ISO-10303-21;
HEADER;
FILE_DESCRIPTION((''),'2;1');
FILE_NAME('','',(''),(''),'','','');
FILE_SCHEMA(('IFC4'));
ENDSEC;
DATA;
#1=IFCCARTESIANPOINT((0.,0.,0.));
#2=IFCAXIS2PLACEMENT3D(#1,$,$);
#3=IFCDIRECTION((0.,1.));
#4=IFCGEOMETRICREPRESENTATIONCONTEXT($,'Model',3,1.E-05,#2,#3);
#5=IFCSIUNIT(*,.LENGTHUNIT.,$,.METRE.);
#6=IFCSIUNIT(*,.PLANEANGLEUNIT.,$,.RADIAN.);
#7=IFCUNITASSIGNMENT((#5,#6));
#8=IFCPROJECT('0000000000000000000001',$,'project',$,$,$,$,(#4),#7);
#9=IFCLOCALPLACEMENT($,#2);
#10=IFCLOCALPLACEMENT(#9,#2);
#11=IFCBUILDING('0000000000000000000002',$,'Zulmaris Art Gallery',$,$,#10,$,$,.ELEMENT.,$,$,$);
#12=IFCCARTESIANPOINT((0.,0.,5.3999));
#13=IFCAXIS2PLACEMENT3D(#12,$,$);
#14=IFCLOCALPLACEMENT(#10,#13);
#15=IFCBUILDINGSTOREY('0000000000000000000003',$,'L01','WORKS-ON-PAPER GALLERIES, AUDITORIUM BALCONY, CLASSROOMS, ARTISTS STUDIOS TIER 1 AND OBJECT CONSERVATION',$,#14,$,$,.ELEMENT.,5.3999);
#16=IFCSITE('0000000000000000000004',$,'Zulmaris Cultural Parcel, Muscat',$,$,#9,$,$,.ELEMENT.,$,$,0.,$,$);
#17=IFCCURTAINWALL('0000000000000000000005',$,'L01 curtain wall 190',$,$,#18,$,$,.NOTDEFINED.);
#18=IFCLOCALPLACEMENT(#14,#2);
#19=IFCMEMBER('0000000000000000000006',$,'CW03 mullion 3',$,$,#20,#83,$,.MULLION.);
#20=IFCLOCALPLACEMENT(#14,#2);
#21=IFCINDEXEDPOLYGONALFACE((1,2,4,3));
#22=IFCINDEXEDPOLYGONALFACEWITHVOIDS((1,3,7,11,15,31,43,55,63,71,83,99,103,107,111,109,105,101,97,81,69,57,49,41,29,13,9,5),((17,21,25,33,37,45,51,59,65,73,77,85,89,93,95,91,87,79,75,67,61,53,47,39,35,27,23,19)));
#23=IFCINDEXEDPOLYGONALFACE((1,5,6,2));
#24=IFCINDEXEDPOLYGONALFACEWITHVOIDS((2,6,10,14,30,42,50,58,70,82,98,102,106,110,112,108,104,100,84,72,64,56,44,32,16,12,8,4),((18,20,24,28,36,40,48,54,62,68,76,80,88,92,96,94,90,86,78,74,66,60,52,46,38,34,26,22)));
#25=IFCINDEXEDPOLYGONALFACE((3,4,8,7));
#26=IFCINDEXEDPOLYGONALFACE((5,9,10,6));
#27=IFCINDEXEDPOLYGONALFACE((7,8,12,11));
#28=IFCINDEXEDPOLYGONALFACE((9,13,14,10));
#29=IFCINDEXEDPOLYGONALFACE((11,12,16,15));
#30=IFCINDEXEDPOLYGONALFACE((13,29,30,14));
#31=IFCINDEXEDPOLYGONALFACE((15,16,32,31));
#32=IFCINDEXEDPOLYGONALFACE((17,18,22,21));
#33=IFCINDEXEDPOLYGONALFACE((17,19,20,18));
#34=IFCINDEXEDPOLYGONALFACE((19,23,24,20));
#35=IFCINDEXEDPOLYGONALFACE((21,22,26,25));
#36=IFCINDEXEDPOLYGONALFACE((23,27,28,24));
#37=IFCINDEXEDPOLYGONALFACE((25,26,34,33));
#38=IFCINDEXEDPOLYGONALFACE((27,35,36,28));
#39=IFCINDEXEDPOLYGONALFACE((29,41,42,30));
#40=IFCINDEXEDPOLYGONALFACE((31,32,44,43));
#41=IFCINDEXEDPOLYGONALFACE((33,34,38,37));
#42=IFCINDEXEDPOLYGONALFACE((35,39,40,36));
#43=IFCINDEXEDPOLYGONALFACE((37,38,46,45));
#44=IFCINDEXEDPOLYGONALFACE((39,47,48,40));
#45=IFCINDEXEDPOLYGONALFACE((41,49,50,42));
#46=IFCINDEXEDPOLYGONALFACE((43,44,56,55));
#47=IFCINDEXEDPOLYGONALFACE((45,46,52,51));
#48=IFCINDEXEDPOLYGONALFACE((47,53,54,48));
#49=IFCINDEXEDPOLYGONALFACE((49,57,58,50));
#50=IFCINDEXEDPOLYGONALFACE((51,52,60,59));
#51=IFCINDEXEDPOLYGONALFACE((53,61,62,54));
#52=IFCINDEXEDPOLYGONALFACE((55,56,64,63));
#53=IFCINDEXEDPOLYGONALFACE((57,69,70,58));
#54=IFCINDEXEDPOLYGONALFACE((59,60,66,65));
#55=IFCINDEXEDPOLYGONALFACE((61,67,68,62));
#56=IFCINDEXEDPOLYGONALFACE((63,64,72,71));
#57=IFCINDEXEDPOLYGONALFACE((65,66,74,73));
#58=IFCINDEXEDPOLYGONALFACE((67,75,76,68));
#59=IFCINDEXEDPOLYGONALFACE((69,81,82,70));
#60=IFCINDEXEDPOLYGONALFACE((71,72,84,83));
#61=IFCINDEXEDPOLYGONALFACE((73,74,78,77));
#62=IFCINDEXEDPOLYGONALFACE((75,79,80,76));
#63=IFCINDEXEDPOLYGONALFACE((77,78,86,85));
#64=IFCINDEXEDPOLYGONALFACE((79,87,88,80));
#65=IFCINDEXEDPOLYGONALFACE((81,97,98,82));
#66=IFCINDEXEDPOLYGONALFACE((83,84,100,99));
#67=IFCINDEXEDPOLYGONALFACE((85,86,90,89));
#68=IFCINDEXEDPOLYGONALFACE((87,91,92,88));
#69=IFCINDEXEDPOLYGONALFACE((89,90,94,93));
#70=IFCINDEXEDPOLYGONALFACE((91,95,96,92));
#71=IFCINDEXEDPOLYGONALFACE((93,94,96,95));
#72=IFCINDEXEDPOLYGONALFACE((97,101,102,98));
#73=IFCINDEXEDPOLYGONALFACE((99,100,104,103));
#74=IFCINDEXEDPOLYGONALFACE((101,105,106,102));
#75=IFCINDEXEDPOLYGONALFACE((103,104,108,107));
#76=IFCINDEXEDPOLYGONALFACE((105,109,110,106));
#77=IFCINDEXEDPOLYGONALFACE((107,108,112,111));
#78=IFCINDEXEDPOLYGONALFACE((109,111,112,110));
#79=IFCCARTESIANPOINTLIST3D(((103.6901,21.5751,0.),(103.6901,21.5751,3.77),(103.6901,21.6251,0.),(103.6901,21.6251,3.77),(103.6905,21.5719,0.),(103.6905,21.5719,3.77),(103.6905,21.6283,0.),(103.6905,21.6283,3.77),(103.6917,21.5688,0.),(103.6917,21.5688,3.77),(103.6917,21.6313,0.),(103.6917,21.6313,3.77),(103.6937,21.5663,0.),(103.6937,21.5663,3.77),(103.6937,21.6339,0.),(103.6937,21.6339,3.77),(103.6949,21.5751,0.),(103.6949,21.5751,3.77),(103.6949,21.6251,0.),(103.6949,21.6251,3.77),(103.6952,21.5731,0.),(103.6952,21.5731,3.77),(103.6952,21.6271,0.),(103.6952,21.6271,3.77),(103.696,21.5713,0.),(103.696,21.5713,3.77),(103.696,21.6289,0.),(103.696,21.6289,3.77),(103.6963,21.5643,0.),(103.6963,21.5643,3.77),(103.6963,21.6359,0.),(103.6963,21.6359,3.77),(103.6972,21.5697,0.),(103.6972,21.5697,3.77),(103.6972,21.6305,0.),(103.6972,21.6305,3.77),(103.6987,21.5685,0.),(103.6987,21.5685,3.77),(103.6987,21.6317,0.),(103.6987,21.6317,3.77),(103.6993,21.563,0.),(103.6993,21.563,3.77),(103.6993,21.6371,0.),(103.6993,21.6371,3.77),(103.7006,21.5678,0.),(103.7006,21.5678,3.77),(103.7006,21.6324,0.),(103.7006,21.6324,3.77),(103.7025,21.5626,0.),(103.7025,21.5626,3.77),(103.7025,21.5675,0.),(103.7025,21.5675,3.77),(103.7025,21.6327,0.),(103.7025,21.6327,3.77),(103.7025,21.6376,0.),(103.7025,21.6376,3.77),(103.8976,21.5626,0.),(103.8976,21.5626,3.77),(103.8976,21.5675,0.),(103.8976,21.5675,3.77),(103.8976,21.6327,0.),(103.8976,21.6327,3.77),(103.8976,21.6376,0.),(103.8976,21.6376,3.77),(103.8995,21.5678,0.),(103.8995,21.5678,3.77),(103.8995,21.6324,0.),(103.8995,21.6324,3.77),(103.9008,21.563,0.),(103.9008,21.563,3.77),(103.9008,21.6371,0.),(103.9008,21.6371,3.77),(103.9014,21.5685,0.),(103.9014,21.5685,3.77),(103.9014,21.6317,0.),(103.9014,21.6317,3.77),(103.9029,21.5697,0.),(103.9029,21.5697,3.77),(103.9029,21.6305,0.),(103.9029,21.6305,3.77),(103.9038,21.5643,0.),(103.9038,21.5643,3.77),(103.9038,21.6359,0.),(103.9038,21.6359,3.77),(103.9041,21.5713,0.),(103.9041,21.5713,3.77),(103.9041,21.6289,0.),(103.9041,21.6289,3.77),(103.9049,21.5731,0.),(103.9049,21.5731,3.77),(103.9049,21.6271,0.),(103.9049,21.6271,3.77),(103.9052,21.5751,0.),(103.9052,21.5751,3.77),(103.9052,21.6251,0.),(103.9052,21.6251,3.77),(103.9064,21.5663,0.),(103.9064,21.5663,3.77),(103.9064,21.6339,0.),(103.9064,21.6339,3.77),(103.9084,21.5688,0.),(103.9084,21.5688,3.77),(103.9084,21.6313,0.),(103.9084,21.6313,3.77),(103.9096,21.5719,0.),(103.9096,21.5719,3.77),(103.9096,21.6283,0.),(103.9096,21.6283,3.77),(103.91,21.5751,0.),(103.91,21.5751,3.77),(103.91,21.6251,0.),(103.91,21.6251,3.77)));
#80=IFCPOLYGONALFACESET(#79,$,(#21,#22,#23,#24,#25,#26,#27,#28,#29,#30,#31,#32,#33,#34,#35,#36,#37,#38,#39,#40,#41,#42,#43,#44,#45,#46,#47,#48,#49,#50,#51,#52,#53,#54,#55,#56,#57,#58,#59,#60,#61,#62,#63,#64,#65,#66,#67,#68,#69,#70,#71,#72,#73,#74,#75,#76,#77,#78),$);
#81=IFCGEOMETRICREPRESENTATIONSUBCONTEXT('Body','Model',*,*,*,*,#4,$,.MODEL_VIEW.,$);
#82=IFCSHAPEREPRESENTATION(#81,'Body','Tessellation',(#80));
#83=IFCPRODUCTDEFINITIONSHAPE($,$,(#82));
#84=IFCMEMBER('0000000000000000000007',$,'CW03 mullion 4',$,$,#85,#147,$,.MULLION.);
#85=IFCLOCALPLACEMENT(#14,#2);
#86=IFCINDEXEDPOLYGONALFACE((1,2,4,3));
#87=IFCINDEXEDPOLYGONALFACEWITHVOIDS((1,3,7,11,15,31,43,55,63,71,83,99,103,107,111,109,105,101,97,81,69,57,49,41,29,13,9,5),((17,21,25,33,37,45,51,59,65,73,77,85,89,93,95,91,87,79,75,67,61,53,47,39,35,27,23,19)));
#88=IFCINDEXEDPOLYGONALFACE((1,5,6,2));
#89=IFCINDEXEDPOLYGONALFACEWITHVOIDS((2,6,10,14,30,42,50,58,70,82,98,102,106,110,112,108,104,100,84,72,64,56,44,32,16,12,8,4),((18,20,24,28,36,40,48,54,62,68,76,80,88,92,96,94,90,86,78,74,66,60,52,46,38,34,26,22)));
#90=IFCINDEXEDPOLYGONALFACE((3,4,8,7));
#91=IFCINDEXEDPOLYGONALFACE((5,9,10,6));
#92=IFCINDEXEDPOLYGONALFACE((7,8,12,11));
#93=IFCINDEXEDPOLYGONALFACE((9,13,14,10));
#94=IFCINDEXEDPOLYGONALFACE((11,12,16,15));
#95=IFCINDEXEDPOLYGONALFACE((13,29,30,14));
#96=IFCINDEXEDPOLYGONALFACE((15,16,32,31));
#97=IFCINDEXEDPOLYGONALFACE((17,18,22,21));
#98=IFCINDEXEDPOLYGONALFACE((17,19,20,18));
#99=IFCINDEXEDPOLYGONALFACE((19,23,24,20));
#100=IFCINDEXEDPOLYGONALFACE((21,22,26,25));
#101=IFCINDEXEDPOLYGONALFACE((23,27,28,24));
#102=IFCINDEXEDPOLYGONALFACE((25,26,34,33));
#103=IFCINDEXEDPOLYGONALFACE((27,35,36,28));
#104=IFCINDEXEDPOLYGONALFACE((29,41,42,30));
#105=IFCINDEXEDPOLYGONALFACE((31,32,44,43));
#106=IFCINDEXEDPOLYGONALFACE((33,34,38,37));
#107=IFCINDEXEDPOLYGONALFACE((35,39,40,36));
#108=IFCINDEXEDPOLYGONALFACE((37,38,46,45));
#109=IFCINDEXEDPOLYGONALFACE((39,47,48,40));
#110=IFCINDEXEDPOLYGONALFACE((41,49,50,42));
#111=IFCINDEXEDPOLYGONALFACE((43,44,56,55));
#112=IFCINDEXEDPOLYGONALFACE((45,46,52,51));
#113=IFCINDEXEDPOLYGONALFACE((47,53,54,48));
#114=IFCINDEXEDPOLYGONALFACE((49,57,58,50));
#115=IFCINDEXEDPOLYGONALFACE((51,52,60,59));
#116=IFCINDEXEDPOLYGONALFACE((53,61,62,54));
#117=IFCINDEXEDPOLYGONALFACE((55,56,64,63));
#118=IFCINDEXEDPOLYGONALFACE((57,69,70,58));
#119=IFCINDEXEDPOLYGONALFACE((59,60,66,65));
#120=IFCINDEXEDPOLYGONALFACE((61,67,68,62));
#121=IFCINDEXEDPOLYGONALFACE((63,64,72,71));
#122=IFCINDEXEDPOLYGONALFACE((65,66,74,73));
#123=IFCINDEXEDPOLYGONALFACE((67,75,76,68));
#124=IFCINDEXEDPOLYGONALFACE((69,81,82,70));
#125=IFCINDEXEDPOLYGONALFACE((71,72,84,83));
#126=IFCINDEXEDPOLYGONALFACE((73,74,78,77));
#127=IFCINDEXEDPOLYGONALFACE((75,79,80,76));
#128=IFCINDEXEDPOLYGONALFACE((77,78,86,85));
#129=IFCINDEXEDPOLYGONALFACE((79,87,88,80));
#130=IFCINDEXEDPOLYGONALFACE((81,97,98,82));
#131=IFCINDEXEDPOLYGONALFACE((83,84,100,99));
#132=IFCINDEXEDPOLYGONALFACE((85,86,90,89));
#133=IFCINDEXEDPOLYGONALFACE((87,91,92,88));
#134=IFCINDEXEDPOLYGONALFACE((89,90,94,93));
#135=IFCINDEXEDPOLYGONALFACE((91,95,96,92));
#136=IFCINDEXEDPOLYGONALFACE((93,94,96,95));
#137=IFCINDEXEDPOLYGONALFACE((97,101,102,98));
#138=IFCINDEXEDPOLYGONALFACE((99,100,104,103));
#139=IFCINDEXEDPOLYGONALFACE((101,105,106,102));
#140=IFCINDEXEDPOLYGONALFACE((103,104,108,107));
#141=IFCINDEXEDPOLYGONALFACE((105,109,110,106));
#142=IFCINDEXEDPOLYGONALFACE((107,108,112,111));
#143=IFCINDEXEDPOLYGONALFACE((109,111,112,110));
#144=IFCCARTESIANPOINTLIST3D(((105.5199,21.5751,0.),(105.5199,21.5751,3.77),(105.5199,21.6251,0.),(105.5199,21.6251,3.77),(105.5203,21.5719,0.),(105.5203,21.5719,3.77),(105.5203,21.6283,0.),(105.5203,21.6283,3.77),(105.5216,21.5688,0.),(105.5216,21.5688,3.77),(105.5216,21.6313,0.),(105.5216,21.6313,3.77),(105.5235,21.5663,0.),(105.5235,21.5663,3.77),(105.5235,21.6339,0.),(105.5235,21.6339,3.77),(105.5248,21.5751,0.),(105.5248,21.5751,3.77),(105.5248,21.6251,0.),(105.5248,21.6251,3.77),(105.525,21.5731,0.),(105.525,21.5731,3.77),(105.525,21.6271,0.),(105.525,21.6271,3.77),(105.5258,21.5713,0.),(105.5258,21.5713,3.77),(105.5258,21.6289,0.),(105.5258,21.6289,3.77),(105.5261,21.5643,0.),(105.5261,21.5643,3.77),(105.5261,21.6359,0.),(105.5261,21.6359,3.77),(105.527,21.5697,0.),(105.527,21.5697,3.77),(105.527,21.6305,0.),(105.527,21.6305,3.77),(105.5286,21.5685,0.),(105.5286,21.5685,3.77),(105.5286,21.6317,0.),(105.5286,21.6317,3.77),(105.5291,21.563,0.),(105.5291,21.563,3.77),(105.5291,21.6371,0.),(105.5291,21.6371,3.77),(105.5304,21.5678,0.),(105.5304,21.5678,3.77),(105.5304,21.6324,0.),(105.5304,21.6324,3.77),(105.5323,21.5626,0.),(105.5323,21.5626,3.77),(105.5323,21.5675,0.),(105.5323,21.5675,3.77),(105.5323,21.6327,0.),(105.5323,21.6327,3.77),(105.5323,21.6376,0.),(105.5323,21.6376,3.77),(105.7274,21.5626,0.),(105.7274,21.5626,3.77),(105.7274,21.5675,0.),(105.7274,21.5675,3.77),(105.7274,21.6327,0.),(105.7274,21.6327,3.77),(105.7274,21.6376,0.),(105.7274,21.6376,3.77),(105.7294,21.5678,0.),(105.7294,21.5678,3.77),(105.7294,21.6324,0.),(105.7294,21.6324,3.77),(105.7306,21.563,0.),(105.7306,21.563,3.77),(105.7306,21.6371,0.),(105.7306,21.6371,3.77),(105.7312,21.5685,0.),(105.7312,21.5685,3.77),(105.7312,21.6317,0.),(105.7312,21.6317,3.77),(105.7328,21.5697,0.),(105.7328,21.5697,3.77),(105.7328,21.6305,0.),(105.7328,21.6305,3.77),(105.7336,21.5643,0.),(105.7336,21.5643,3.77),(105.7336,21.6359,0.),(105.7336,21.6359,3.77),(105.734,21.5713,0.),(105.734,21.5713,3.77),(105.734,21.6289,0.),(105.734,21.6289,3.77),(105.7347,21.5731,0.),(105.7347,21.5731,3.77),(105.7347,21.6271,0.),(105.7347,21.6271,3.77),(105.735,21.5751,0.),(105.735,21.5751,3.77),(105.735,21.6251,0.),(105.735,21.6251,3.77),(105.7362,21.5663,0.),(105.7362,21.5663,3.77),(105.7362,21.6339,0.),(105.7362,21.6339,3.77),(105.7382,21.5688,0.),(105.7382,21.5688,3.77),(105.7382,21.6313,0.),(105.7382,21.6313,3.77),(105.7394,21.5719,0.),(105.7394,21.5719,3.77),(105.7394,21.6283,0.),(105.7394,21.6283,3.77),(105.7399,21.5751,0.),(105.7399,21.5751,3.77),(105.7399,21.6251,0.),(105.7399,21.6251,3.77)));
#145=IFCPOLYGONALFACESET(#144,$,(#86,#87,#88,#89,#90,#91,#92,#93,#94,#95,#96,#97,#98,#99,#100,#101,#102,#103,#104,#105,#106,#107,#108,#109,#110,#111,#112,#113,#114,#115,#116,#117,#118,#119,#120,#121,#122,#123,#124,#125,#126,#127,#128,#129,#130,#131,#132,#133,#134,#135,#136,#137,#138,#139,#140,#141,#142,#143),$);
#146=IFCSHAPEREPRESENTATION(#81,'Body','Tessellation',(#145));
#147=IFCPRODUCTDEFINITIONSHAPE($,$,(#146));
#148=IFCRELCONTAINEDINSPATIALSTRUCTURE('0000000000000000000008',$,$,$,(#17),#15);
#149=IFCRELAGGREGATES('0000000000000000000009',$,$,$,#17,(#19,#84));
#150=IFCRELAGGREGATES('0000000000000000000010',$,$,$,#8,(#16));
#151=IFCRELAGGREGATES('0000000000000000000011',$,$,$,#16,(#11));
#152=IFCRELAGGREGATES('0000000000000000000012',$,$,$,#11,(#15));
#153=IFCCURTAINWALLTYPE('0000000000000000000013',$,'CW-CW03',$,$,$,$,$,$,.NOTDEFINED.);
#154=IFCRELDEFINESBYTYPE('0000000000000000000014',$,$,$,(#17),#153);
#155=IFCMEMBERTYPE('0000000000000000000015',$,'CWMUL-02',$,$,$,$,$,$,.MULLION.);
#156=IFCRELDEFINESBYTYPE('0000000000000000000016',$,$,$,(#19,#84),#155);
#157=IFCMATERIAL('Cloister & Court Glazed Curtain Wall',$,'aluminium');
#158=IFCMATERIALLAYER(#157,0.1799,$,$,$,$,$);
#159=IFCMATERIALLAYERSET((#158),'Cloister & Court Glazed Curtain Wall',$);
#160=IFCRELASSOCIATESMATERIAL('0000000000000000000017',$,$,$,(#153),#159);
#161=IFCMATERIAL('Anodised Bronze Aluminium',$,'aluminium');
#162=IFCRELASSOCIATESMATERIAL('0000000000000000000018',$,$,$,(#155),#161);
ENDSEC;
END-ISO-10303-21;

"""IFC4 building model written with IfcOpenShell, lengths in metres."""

from ifc_helpers import new_model, si_unit, direction, frame, origin, origin_2d, place, context, subcontext, project, spatial, hollow_rectangle, extrude, material, layer, layer_set, material_profile, profile_set, type_object, element, aggregate, save


model = new_model("IFC4")

# Units and contexts
model_context = context("Model", 3, precision=1e-05, world=origin(), true_north=direction((0.0, 1.0)))
body_context = subcontext(model_context, "Body", "Model", "MODEL_VIEW")
ifc_project = project(units=[si_unit("LENGTHUNIT", "METRE"), si_unit("PLANEANGLEUNIT", "RADIAN")], contexts=[model_context])

# Site, building, storey
site_placement = place(None, origin())
site = spatial("IfcSite", under=ifc_project, at=site_placement, Name="Zulmaris Cultural Parcel, Muscat", CompositionType="ELEMENT", RefElevation=0.0)
building_placement = place(site_placement, origin())
building = spatial("IfcBuilding", under=site, at=building_placement, Name="Zulmaris Art Gallery", CompositionType="ELEMENT")
storey_placement = place(building_placement, frame((0.0, 0.0, 5.3999)))
storey = spatial("IfcBuildingStorey", under=building, at=storey_placement, Name="L01", Description="WORKS-ON-PAPER GALLERIES, AUDITORIUM BALCONY, CLASSROOMS, ARTISTS STUDIOS TIER 1 AND OBJECT CONSERVATION", CompositionType="ELEMENT", Elevation=5.3999)

# Curtain wall, members
ifc_material_1 = material(Name="Cloister & Court Glazed Curtain Wall", Category="aluminium")
ifc_layer_1 = layer(ifc_material_1, 0.1799)
ifc_layer_set_1 = layer_set([ifc_layer_1], Name="Cloister & Court Glazed Curtain Wall")
curtain_wall_type = type_object("IfcCurtainWallType", Name="CW-CW03", PredefinedType="NOTDEFINED", material=ifc_layer_set_1)
curtain_wall_placement = place(storey_placement, origin())
curtain_wall = element("IfcCurtainWall", 1, at=curtain_wall_placement, inside=storey, type_object=curtain_wall_type, Name="L01 curtain wall 190", PredefinedType="NOTDEFINED")
ifc_material_2 = material(Name="Anodised Bronze Aluminium", Category="aluminium")
ifc_material_profile_1 = material_profile(ifc_material_2, hollow_rectangle(XDim=0.075, YDim=0.22, WallThickness=0.0049, InnerFilletRadius=0.0076, OuterFilletRadius=0.0125, at=origin_2d()), Name="ALU 75x220x5")
ifc_profile_set_1 = profile_set([ifc_material_profile_1], Name="Anodised Bronze Aluminium")
member_type_1 = type_object("IfcMemberType", Name="CWMUL-02", PredefinedType="MULLION", material=ifc_profile_set_1)
member_1_placement = place(storey_placement, frame((103.8, 21.6001, 0.0), z_axis=(0.0, 0.0, 1.0), x_axis=(0.0, 1.0, 0.0)))
member_1 = element("IfcMember", 2, at=member_1_placement, type_object=member_type_1, Name="CW03 mullion 3", PredefinedType="MULLION", context=body_context, shape_type="SweptSolid", body=[
    extrude(hollow_rectangle(XDim=0.075, YDim=0.22, WallThickness=0.0049, InnerFilletRadius=0.0076, OuterFilletRadius=0.0125, at=origin_2d()), origin(), (0.0, 0.0, 1.0), 3.77),
])
member_2_placement = place(storey_placement, frame((105.6299, 21.6001, 0.0), z_axis=(0.0, 0.0, 1.0), x_axis=(0.0, 1.0, 0.0)))
member_2 = element("IfcMember", 3, at=member_2_placement, type_object=member_type_1, Name="CW03 mullion 4", PredefinedType="MULLION", context=body_context, shape_type="SweptSolid", body=[
    extrude(hollow_rectangle(XDim=0.075, YDim=0.22, WallThickness=0.0049, InnerFilletRadius=0.0076, OuterFilletRadius=0.0125, at=origin_2d()), origin(), (0.0, 0.0, 1.0), 3.77),
])
aggregate(curtain_wall, [member_1, member_2])

save(model, "model.ifc")
